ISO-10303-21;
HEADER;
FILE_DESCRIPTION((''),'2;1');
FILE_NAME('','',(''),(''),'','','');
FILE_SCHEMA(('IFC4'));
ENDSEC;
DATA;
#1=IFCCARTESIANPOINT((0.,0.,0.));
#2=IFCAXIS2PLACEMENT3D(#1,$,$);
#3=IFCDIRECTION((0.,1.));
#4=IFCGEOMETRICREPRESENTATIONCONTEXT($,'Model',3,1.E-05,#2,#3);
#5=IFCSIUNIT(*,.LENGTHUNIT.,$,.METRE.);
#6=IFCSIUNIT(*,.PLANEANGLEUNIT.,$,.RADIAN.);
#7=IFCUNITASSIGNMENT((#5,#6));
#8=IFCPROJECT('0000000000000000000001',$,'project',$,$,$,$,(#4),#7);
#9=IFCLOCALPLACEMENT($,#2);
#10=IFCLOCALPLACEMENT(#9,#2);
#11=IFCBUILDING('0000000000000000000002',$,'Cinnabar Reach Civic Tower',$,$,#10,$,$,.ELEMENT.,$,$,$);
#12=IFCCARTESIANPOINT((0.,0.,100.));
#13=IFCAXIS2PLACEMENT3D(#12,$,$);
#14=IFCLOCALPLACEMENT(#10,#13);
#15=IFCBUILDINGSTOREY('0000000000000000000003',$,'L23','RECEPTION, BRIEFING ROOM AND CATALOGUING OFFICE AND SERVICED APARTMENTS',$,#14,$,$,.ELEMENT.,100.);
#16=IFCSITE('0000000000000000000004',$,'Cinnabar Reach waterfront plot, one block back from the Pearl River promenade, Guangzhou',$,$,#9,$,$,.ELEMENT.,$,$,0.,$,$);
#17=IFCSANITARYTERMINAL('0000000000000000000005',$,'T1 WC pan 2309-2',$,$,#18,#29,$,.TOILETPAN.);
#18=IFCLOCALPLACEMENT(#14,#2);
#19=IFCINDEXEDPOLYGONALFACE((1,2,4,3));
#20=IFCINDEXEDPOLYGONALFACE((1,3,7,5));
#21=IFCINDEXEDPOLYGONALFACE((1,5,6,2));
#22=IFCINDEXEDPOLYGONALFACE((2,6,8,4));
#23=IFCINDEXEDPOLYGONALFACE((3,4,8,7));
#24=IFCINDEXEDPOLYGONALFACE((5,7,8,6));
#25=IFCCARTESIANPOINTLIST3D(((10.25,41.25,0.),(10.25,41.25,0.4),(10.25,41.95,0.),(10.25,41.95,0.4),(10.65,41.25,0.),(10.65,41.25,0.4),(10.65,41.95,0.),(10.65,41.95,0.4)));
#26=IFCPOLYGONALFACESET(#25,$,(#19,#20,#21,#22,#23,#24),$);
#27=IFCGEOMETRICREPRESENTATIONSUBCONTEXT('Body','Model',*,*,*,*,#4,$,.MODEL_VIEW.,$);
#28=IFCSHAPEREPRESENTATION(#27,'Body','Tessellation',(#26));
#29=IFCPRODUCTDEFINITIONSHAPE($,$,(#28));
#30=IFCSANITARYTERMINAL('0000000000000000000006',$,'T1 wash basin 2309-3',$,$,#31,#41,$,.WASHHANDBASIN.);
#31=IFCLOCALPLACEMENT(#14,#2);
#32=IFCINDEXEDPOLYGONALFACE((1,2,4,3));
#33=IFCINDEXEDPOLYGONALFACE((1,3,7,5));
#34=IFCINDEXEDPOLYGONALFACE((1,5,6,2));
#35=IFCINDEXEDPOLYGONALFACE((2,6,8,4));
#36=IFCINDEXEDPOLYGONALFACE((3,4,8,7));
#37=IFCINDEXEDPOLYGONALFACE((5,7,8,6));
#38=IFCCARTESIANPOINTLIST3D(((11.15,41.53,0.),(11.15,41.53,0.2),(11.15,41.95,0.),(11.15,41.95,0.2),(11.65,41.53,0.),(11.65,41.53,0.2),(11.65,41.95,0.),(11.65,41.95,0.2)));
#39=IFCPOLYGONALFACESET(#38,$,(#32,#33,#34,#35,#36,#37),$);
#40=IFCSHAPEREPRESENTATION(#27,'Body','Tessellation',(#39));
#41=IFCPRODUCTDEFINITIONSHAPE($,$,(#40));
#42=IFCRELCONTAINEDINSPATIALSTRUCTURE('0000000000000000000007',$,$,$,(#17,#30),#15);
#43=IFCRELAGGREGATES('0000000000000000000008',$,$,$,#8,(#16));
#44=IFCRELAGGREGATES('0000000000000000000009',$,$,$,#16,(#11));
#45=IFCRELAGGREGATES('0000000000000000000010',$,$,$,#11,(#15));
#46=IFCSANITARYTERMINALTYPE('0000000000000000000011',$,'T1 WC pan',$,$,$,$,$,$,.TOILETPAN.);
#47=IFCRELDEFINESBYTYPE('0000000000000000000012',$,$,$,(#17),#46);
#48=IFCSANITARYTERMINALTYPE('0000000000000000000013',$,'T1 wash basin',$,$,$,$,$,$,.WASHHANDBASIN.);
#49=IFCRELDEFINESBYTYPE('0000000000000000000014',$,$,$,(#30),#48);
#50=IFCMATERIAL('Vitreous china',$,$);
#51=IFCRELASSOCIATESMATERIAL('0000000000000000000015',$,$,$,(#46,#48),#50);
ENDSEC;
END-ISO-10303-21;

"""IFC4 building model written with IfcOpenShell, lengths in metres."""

from ifc_helpers import new_model, si_unit, direction, frame, origin, origin_2d, place, context, subcontext, project, spatial, rectangle, extrude, material, type_object, element, save


model = new_model("IFC4")

# Units and contexts
model_context = context("Model", 3, precision=1e-05, world=origin(), true_north=direction((0.0, 1.0)))
body_context = subcontext(model_context, "Body", "Model", "MODEL_VIEW")
ifc_project = project(units=[si_unit("LENGTHUNIT", "METRE"), si_unit("PLANEANGLEUNIT", "RADIAN")], contexts=[model_context])

# Site, building, storey
site_placement = place(None, origin())
site = spatial("IfcSite", under=ifc_project, at=site_placement, Name="Cinnabar Reach waterfront plot, one block back from the Pearl River promenade, Guangzhou", CompositionType="ELEMENT", RefElevation=0.0)
building_placement = place(site_placement, origin())
building = spatial("IfcBuilding", under=site, at=building_placement, Name="Cinnabar Reach Civic Tower", CompositionType="ELEMENT")
storey_placement = place(building_placement, frame((0.0, 0.0, 100.0)))
storey = spatial("IfcBuildingStorey", under=building, at=storey_placement, Name="L23", Description="RECEPTION, BRIEFING ROOM AND CATALOGUING OFFICE AND SERVICED APARTMENTS", CompositionType="ELEMENT", Elevation=100.0)

# Sanitary terminals
ifc_material_1 = material(Name="Vitreous china")
sanitary_terminal_type_1 = type_object("IfcSanitaryTerminalType", Name="T1 WC pan", PredefinedType="TOILETPAN", material=ifc_material_1)
for number, where, z_axis, x_axis, name in (
    (1, (10.45, 41.6, 0.0), (0.0, 0.0, 1.0), (1.0, 0.0, 0.0), "T1 WC pan 2309-2"),
):
    element("IfcSanitaryTerminal", number, at=place(storey_placement, frame(where, z_axis=z_axis, x_axis=x_axis)), inside=storey, type_object=sanitary_terminal_type_1, Name=name, PredefinedType="TOILETPAN", context=body_context, shape_type="SweptSolid", body=[
        extrude(rectangle(XDim=0.4, YDim=0.7, at=origin_2d()), origin(), (0.0, 0.0, 1.0), 0.4),
    ])
sanitary_terminal_type_2 = type_object("IfcSanitaryTerminalType", Name="T1 wash basin", PredefinedType="WASHHANDBASIN", material=ifc_material_1)
sanitary_terminal_placement = place(storey_placement, frame((11.4, 41.74, 0.0), z_axis=(0.0, 0.0, 1.0), x_axis=(1.0, 0.0, 0.0)))
element("IfcSanitaryTerminal", 2, at=sanitary_terminal_placement, inside=storey, type_object=sanitary_terminal_type_2, Name="T1 wash basin 2309-3", PredefinedType="WASHHANDBASIN", context=body_context, shape_type="SweptSolid", body=[
    extrude(rectangle(XDim=0.5, YDim=0.42, at=origin_2d()), origin(), (0.0, 0.0, 1.0), 0.2),
])

save(model, "model.ifc")
